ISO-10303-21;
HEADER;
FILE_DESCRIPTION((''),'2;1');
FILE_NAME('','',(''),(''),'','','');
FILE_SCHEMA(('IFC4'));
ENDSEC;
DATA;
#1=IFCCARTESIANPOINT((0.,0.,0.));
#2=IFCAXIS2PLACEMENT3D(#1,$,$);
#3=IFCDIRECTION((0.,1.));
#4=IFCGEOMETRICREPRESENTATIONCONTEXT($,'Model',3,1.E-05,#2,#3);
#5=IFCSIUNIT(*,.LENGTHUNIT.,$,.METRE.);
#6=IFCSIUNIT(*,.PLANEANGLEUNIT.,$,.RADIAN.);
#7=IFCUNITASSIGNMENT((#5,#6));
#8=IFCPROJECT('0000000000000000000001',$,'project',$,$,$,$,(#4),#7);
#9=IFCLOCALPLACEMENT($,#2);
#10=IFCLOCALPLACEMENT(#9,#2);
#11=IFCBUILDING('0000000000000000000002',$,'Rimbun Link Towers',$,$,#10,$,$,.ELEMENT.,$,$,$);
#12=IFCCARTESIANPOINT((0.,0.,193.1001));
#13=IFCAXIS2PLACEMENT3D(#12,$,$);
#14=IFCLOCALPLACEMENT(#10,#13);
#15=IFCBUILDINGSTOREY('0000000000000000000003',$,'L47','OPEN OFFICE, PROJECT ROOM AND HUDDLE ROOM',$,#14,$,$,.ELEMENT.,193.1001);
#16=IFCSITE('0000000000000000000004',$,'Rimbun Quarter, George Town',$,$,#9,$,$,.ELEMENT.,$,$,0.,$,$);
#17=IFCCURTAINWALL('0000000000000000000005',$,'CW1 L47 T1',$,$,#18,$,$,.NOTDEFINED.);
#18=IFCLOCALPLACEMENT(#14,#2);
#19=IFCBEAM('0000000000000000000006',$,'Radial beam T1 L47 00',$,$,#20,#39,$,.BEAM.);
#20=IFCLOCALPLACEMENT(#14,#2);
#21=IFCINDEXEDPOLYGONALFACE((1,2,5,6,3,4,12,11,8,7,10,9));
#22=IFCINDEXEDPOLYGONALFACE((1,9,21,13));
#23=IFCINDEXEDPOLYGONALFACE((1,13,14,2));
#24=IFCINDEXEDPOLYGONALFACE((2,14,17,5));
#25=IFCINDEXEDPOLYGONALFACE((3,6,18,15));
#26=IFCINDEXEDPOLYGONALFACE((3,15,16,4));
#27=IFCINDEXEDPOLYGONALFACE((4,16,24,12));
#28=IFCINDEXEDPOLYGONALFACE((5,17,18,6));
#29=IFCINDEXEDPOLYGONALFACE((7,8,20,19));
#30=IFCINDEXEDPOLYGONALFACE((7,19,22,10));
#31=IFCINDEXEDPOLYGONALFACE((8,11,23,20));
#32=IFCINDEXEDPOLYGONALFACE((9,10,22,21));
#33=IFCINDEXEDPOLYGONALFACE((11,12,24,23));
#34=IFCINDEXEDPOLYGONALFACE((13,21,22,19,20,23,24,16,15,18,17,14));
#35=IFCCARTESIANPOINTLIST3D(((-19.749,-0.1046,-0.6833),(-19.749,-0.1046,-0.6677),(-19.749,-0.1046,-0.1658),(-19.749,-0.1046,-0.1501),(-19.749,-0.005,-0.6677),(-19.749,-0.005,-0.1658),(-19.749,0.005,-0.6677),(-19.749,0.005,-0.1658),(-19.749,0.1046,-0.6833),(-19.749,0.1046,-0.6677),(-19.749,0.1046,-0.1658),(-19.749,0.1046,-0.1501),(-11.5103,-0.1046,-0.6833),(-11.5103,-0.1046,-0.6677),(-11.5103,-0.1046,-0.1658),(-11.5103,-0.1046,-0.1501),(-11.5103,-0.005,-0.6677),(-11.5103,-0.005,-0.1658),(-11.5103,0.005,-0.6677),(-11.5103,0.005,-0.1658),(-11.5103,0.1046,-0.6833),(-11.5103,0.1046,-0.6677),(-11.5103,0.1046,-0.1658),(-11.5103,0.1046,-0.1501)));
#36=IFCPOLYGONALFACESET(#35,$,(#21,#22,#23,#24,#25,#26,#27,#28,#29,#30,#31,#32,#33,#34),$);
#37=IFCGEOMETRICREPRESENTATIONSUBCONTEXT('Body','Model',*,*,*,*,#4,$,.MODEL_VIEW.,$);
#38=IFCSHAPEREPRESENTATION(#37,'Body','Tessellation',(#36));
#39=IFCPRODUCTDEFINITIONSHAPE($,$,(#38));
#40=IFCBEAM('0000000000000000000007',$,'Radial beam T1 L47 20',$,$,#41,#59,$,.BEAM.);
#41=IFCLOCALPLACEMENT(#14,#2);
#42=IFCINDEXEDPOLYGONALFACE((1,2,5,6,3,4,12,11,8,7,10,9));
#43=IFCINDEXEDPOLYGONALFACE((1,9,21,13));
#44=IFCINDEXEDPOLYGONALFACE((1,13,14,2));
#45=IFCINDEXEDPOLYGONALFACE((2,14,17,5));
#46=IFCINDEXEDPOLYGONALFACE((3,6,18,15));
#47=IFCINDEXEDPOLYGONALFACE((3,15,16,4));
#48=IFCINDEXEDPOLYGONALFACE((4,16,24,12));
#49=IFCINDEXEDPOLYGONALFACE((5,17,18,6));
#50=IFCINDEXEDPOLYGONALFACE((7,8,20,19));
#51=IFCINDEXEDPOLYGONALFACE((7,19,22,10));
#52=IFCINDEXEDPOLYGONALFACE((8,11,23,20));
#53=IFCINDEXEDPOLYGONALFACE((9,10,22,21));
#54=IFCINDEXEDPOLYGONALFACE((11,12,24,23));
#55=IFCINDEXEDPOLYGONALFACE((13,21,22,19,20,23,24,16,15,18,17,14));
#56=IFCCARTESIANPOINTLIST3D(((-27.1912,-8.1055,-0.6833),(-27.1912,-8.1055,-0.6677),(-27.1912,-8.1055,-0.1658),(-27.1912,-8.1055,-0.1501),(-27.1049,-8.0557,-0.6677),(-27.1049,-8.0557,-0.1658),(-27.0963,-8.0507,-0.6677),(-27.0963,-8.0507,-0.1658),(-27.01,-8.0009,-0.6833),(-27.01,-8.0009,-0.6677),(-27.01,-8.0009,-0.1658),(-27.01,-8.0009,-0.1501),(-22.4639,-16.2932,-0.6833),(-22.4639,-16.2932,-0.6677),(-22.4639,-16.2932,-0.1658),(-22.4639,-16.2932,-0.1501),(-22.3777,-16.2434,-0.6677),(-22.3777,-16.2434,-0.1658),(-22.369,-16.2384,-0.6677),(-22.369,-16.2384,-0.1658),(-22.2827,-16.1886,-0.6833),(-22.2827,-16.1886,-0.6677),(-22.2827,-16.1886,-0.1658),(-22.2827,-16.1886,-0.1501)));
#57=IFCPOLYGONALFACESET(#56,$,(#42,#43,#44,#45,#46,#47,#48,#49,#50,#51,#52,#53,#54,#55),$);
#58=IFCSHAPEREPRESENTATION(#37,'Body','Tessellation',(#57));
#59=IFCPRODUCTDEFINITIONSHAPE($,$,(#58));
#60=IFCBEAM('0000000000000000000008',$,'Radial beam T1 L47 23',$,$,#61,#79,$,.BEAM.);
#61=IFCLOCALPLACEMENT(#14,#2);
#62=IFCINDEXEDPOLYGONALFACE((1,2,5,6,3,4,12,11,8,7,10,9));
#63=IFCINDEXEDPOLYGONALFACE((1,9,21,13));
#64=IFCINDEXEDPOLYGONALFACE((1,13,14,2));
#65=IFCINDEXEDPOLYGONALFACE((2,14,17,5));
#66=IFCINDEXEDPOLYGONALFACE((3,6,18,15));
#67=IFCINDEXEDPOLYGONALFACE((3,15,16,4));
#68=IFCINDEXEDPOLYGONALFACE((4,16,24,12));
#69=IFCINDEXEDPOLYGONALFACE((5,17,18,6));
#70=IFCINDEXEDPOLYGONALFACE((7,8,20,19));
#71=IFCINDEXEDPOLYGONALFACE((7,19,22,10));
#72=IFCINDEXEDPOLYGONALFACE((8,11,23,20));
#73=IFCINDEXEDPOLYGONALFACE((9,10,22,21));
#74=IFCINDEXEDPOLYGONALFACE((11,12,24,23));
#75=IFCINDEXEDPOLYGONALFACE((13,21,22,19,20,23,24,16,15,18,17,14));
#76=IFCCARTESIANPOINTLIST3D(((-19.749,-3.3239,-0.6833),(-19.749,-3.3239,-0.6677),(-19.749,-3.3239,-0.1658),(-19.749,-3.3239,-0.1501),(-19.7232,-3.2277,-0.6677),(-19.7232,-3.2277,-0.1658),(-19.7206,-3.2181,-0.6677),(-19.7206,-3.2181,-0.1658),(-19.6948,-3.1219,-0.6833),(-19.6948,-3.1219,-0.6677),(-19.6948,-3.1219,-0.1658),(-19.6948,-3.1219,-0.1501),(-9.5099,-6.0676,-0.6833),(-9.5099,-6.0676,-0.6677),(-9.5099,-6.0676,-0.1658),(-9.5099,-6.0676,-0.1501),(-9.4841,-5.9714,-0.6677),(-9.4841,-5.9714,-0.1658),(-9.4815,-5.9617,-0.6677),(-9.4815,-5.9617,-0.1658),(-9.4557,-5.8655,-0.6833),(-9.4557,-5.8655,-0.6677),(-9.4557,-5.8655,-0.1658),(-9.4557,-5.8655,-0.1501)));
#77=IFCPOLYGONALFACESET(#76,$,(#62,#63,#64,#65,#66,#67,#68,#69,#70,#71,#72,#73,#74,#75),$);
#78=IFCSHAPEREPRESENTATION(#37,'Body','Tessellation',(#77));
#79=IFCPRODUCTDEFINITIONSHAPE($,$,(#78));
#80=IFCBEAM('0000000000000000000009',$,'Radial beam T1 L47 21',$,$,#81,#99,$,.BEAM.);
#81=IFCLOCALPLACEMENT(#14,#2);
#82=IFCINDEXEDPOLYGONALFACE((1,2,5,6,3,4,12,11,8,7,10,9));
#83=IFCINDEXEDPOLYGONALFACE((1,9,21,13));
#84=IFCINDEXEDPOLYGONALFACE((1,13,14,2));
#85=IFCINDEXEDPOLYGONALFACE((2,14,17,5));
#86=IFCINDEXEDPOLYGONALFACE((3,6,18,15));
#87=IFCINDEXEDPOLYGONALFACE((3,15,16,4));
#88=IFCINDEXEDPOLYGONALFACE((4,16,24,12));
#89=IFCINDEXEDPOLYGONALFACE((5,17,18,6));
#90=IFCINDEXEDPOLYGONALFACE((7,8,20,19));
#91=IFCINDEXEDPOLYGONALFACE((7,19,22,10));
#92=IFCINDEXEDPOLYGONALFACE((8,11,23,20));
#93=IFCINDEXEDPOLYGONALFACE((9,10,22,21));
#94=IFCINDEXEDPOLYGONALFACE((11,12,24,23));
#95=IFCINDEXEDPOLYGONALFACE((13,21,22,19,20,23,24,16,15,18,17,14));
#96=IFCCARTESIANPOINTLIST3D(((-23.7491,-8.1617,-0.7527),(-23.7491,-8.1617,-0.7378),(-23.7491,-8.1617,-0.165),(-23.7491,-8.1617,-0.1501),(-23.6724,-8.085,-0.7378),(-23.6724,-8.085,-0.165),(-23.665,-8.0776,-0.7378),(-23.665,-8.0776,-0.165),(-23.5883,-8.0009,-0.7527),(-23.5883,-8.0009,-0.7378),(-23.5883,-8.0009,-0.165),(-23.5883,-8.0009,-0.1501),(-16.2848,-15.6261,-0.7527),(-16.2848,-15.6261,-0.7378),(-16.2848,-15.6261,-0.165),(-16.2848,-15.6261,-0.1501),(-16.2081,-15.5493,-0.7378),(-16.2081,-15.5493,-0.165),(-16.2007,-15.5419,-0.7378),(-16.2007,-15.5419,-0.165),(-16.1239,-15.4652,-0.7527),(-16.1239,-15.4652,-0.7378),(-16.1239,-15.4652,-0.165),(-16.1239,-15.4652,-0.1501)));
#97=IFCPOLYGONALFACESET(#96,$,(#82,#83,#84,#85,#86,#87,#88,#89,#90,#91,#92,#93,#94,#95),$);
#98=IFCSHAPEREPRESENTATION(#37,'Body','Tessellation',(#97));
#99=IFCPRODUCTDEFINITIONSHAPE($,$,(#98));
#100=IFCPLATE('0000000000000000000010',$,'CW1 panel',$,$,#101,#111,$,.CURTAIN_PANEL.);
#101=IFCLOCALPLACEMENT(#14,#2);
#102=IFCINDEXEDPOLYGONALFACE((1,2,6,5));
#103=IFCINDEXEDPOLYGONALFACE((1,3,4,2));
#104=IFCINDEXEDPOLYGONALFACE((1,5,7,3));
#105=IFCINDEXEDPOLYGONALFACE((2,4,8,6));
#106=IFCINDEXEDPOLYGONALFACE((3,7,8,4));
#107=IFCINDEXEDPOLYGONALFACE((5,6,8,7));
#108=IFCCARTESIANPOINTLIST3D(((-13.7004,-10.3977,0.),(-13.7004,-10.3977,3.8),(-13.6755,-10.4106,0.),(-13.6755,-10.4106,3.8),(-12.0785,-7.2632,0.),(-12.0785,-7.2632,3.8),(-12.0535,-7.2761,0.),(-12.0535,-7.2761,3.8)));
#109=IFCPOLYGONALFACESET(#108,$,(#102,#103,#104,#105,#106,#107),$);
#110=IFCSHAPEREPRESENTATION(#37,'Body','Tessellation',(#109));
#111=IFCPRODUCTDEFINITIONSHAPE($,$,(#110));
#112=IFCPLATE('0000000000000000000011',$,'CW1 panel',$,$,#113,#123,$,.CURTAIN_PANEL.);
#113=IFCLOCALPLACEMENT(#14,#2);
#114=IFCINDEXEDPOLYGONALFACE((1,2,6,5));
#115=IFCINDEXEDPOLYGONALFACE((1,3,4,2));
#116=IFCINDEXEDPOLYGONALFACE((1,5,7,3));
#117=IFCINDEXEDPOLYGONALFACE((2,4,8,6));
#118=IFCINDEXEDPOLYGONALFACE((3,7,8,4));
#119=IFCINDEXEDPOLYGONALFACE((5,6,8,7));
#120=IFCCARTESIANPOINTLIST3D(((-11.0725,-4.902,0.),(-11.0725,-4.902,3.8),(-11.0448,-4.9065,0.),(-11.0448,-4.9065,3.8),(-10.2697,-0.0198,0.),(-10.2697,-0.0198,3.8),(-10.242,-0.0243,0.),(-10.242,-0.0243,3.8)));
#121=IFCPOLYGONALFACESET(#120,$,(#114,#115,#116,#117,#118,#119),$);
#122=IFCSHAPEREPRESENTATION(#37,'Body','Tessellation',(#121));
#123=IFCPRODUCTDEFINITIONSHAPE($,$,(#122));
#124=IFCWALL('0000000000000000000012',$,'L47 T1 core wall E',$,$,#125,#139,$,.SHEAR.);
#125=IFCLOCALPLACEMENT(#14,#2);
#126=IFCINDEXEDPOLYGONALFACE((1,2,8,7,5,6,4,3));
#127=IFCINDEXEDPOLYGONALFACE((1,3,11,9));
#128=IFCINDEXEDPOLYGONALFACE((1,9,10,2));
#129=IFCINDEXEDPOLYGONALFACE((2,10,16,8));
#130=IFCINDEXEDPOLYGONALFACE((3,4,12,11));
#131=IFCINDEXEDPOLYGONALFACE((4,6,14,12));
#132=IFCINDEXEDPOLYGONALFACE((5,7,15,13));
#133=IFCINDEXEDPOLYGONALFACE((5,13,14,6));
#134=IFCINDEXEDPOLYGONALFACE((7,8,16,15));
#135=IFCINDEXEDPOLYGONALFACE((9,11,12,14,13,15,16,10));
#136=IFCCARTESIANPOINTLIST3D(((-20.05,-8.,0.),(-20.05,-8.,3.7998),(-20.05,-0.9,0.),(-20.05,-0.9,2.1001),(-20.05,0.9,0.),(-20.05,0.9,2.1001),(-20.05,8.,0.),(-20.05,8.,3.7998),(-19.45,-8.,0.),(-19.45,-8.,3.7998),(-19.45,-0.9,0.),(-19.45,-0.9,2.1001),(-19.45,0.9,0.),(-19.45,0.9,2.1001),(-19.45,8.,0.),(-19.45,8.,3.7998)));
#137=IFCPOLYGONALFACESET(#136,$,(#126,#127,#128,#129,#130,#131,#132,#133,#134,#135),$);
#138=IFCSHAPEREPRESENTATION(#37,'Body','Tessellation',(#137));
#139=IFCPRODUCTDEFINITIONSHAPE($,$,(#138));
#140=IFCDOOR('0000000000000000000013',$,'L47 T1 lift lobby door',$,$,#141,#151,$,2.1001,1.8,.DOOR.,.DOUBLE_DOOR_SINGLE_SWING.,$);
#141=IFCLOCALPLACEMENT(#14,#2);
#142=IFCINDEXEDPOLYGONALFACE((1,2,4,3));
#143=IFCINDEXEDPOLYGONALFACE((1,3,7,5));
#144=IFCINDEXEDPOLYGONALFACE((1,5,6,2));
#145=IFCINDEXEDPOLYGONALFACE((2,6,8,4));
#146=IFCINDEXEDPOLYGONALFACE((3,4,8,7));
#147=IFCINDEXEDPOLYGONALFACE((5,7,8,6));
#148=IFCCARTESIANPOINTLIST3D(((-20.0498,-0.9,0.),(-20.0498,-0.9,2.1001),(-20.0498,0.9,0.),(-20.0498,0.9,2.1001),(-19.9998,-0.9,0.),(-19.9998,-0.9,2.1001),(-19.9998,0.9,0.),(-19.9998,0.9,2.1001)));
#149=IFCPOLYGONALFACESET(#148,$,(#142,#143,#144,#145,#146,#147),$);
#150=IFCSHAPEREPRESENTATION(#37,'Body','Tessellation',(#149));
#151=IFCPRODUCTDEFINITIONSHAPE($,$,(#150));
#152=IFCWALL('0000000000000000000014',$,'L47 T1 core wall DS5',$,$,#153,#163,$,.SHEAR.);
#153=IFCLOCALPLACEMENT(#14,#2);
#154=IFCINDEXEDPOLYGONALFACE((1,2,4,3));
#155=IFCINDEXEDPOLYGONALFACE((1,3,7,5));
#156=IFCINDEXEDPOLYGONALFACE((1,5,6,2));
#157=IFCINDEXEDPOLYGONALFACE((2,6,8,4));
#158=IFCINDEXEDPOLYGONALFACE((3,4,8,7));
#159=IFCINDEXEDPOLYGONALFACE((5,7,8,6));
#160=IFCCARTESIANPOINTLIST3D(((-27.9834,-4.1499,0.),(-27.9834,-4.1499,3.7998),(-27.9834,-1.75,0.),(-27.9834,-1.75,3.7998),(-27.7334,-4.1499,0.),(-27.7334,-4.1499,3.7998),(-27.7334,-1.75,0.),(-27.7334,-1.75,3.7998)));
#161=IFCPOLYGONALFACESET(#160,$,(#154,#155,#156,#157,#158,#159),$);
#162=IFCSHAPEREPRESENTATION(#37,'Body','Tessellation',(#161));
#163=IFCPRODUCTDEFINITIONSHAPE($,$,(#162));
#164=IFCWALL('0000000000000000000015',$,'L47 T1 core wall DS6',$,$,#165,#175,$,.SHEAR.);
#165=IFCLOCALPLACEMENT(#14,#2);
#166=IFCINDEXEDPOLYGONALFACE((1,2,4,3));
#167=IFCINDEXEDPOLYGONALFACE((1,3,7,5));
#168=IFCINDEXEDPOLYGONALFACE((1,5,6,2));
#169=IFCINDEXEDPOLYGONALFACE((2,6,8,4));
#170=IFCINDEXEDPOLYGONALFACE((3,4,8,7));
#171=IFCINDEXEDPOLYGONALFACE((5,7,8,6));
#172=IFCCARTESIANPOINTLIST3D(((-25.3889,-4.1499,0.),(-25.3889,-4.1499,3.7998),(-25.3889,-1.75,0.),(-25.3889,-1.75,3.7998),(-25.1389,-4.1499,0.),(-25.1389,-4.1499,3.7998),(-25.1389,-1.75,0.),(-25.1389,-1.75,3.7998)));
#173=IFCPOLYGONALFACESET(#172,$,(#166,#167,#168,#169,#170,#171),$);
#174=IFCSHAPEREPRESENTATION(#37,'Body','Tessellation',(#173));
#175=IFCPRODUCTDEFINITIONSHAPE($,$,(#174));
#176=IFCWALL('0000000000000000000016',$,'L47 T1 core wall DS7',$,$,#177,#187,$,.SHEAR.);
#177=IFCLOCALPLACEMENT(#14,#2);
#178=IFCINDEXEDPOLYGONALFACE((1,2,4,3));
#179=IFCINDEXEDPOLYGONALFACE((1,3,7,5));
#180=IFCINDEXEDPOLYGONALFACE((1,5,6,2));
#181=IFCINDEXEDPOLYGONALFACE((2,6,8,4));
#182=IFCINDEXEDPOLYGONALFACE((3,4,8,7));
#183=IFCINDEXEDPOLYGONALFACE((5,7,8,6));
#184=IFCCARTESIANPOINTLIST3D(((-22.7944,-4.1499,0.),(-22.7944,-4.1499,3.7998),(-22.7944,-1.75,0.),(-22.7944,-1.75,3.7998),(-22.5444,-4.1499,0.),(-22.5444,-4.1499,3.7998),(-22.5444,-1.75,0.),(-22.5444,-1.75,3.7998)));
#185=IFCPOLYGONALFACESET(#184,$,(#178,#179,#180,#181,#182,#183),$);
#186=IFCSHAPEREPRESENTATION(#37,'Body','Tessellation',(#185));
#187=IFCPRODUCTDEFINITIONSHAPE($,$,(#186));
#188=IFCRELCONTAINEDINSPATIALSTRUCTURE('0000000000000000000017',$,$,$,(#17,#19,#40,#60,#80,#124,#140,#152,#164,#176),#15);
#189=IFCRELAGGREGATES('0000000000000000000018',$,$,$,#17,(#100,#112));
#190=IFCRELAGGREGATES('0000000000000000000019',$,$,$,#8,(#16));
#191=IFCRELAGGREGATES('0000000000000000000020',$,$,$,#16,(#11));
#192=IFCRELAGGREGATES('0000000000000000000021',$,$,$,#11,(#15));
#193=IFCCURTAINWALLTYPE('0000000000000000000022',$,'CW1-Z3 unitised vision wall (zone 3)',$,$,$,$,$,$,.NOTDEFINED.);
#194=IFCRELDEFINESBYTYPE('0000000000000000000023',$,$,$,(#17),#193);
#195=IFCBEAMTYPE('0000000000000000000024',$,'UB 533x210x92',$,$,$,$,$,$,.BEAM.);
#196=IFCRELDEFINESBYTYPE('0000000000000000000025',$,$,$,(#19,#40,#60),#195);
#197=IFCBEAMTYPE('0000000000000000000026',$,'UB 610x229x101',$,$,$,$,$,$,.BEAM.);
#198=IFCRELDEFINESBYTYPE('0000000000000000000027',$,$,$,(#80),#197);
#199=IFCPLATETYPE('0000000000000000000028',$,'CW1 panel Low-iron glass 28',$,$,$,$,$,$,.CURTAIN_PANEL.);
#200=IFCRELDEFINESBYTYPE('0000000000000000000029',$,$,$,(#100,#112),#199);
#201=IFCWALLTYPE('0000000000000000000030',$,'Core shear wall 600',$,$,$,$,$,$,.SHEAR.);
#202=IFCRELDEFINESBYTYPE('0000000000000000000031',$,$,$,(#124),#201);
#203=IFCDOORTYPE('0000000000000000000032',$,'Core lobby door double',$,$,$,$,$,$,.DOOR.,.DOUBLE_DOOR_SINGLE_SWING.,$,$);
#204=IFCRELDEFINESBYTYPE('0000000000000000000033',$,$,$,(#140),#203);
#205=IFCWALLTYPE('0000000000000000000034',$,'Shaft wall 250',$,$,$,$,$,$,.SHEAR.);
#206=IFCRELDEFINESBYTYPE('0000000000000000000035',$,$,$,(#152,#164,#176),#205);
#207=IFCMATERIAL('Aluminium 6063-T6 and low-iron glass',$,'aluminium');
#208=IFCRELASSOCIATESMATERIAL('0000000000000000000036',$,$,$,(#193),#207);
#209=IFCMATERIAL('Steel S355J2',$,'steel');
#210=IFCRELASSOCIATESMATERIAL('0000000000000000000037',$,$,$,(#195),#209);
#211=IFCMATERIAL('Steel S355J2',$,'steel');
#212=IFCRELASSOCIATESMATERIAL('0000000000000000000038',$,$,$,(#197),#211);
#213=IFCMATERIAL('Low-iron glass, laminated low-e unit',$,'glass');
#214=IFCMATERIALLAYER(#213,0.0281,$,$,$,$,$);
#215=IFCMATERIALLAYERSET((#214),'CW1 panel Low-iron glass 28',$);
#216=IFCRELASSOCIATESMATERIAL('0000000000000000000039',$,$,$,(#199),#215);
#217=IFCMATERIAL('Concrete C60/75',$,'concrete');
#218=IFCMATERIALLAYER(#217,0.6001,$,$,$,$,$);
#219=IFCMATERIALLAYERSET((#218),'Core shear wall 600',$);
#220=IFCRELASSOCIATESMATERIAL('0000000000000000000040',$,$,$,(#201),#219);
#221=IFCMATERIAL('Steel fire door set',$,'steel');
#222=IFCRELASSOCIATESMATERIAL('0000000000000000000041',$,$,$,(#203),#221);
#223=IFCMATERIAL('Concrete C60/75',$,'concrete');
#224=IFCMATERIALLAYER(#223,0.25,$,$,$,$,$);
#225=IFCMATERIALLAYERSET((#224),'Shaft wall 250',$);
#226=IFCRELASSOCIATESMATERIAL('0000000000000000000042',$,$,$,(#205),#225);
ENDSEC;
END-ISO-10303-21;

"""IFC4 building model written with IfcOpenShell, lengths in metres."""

from ifc_helpers import new_model, si_unit, direction, frame, frame_2d, origin, origin_2d, place, context, subcontext, project, spatial, rectangle, i_section, extrude, material, layer, layer_set, material_profile, profile_set, type_object, element, fill, aggregate, save


model = new_model("IFC4")

# Units and contexts
model_context = context("Model", 3, precision=1e-05, world=origin(), true_north=direction((0.0, 1.0)))
body_context = subcontext(model_context, "Body", "Model", "MODEL_VIEW")
ifc_project = project(units=[si_unit("LENGTHUNIT", "METRE"), si_unit("PLANEANGLEUNIT", "RADIAN")], contexts=[model_context])

# Site, building, storey
site_placement = place(None, origin())
site = spatial("IfcSite", under=ifc_project, at=site_placement, Name="Rimbun Quarter, George Town", CompositionType="ELEMENT", RefElevation=0.0)
building_placement = place(site_placement, origin())
building = spatial("IfcBuilding", under=site, at=building_placement, Name="Rimbun Link Towers", CompositionType="ELEMENT")
storey_placement = place(building_placement, frame((0.0, 0.0, 193.1001)))
storey = spatial("IfcBuildingStorey", under=building, at=storey_placement, Name="L47", Description="OPEN OFFICE, PROJECT ROOM AND HUDDLE ROOM", CompositionType="ELEMENT", Elevation=193.1001)

# Curtain wall
ifc_material_1 = material(Name="Aluminium 6063-T6 and low-iron glass", Category="aluminium")
curtain_wall_type = type_object("IfcCurtainWallType", Name="CW1-Z3 unitised vision wall (zone 3)", PredefinedType="NOTDEFINED", material=ifc_material_1)
curtain_wall_placement = place(storey_placement, origin())
curtain_wall = element("IfcCurtainWall", 1, at=curtain_wall_placement, inside=storey, type_object=curtain_wall_type, Name="CW1 L47 T1", PredefinedType="NOTDEFINED")

# Beams
ifc_material_2 = material(Name="Steel S355J2", Category="steel")
ifc_material_profile_1 = material_profile(ifc_material_2, i_section(OverallWidth=0.2092, OverallDepth=0.5332, WebThickness=0.01, FlangeThickness=0.0156, at=origin_2d()), Name="UB 533x210x92")
ifc_profile_set_1 = profile_set([ifc_material_profile_1], Name="Steel S355J2")
beam_type_1 = type_object("IfcBeamType", Name="UB 533x210x92", PredefinedType="BEAM", material=ifc_profile_set_1)
beam_1_placement = place(storey_placement, frame((-19.749, 0.0, -0.4167), z_axis=(1.0, 0.0, 0.0), x_axis=(0.0, 1.0, 0.0)))
element("IfcBeam", 2, at=beam_1_placement, inside=storey, type_object=beam_type_1, Name="Radial beam T1 L47 00", PredefinedType="BEAM", context=body_context, shape_type="SweptSolid", body=[
    extrude(i_section(OverallWidth=0.2092, OverallDepth=0.5332, WebThickness=0.01, FlangeThickness=0.0156, at=origin_2d()), origin(), (0.0, 0.0, 1.0), 8.2388),
])
beam_2_placement = place(storey_placement, frame((-27.1006, -8.0532, -0.4167), z_axis=(0.500008, -0.866021, 0.0), x_axis=(0.866021, 0.500008, 0.0)))
element("IfcBeam", 3, at=beam_2_placement, inside=storey, type_object=beam_type_1, Name="Radial beam T1 L47 20", PredefinedType="BEAM", context=body_context, shape_type="SweptSolid", body=[
    extrude(i_section(OverallWidth=0.2092, OverallDepth=0.5332, WebThickness=0.01, FlangeThickness=0.0156, at=origin_2d()), origin(), (0.0, 0.0, 1.0), 9.4543),
])
beam_3_placement = place(storey_placement, frame((-19.7219, -3.2229, -0.4167), z_axis=(0.965923, -0.258829, 0.0), x_axis=(0.258829, 0.965923, 0.0)))
element("IfcBeam", 4, at=beam_3_placement, inside=storey, type_object=beam_type_1, Name="Radial beam T1 L47 23", PredefinedType="BEAM", context=body_context, shape_type="SweptSolid", body=[
    extrude(i_section(OverallWidth=0.2092, OverallDepth=0.5332, WebThickness=0.01, FlangeThickness=0.0156, at=origin_2d()), origin(), (0.0, 0.0, 1.0), 10.6003),
])
ifc_material_3 = material(Name="Steel S355J2", Category="steel")
ifc_material_profile_2 = material_profile(ifc_material_3, i_section(OverallWidth=0.2275, OverallDepth=0.6025, WebThickness=0.0105, FlangeThickness=0.0149, at=origin_2d()), Name="UB 610x229x101")
ifc_profile_set_2 = profile_set([ifc_material_profile_2], Name="Steel S355J2")
beam_type_2 = type_object("IfcBeamType", Name="UB 610x229x101", PredefinedType="BEAM", material=ifc_profile_set_2)
beam_4_placement = place(storey_placement, frame((-23.6687, -8.0813, -0.4514), z_axis=(0.707107, -0.707107, 0.0), x_axis=(0.707107, 0.707107, 0.0)))
element("IfcBeam", 5, at=beam_4_placement, inside=storey, type_object=beam_type_2, Name="Radial beam T1 L47 21", PredefinedType="BEAM", context=body_context, shape_type="SweptSolid", body=[
    extrude(i_section(OverallWidth=0.2275, OverallDepth=0.6025, WebThickness=0.0105, FlangeThickness=0.0149, at=origin_2d()), origin(), (0.0, 0.0, 1.0), 10.5562),
])

# Plates
ifc_material_4 = material(Name="Low-iron glass, laminated low-e unit", Category="glass")
ifc_layer_1 = layer(ifc_material_4, 0.0281)
ifc_layer_set_1 = layer_set([ifc_layer_1], Name="CW1 panel Low-iron glass 28")
plate_type = type_object("IfcPlateType", Name="CW1 panel Low-iron glass 28", PredefinedType="CURTAIN_PANEL", material=ifc_layer_set_1)
plate_1_placement = place(storey_placement, frame((-12.877, -8.8369, 0.0), z_axis=(0.0, 0.0, 1.0), x_axis=(-0.459563, -0.888145, 0.0)))
plate_1 = element("IfcPlate", 6, at=plate_1_placement, type_object=plate_type, Name="CW1 panel", PredefinedType="CURTAIN_PANEL", context=body_context, shape_type="SweptSolid", body=[
    extrude(rectangle(XDim=3.5293, YDim=0.0281, at=origin_2d()), origin(), (0.0, 0.0, 1.0), 3.8),
])
plate_2_placement = place(storey_placement, frame((-10.6572, -2.4631, 0.0), z_axis=(0.0, 0.0, 1.0), x_axis=(-0.162251, -0.98675, 0.0)))
plate_2 = element("IfcPlate", 7, at=plate_2_placement, type_object=plate_type, Name="CW1 panel", PredefinedType="CURTAIN_PANEL", context=body_context, shape_type="SweptSolid", body=[
    extrude(rectangle(XDim=4.9478, YDim=0.0281, at=origin_2d()), origin(), (0.0, 0.0, 1.0), 3.8),
])
aggregate(curtain_wall, [plate_1, plate_2])

# Wall, opening, door
ifc_material_5 = material(Name="Concrete C60/75", Category="concrete")
ifc_layer_2 = layer(ifc_material_5, 0.6001)
ifc_layer_set_2 = layer_set([ifc_layer_2], Name="Core shear wall 600")
wall_type_1 = type_object("IfcWallType", Name="Core shear wall 600", PredefinedType="SHEAR", material=ifc_layer_set_2)
wall_1_placement = place(storey_placement, frame((-19.75, -8.0, 0.0), z_axis=(0.0, 0.0, 1.0), x_axis=(0.0, 1.0, 0.0)))
wall_1 = element("IfcWall", 8, at=wall_1_placement, inside=storey, type_object=wall_type_1, Name="L47 T1 core wall E", PredefinedType="SHEAR", context=body_context, shape_type="SweptSolid", body=[
    extrude(rectangle(XDim=16.0, YDim=0.6001, at=frame_2d((8.0, 0.0))), origin(), (0.0, 0.0, 1.0), 3.7998),
])
opening_1_placement = place(wall_1_placement, frame((7.1001, 0.0, 0.0)))
opening_1 = element("IfcOpeningElement", 9, at=opening_1_placement, cuts=wall_1, PredefinedType="OPENING", context=body_context, shape_type="SweptSolid", body=[
    extrude(rectangle(XDim=1.8, YDim=2.1001, at=frame_2d((0.8999, 1.05))), frame((0.0, 0.3101, 0.0), z_axis=(0.0, -1.0, 0.0), x_axis=(1.0, 0.0, 0.0)), (0.0, 0.0, 1.0), 0.6201),
])
ifc_material_6 = material(Name="Steel fire door set", Category="steel")
door_type_1 = type_object("IfcDoorType", Name="Core lobby door double", OperationType="DOUBLE_DOOR_SINGLE_SWING", PredefinedType="DOOR", material=ifc_material_6)
door_1_placement = place(opening_1_placement, origin())
door_1 = element("IfcDoor", 10, at=door_1_placement, inside=storey, type_object=door_type_1, Name="L47 T1 lift lobby door", OperationType="DOUBLE_DOOR_SINGLE_SWING", OverallHeight=2.1001, OverallWidth=1.8, PredefinedType="DOOR", context=body_context, shape_type="SweptSolid", body=[
    extrude(rectangle(XDim=1.8, YDim=2.1001, at=frame_2d((0.8999, 1.05))), frame((0.0, 0.2998, 0.0), z_axis=(0.0, -1.0, 0.0), x_axis=(1.0, 0.0, 0.0)), (0.0, 0.0, 1.0), 0.05),
])
fill(opening_1, door_1)

# Walls
ifc_material_7 = material(Name="Concrete C60/75", Category="concrete")
ifc_layer_3 = layer(ifc_material_7, 0.25)
ifc_layer_set_3 = layer_set([ifc_layer_3], Name="Shaft wall 250")
wall_type_2 = type_object("IfcWallType", Name="Shaft wall 250", PredefinedType="SHEAR", material=ifc_layer_set_3)
for number, where, z_axis, x_axis, name in (
    (11, (-27.8584, -4.1499, 0.0), (0.0, 0.0, 1.0), (0.0, 1.0, 0.0), "L47 T1 core wall DS5"),
    (12, (-25.2639, -4.1499, 0.0), (0.0, 0.0, 1.0), (0.0, 1.0, 0.0), "L47 T1 core wall DS6"),
    (13, (-22.6694, -4.1499, 0.0), (0.0, 0.0, 1.0), (0.0, 1.0, 0.0), "L47 T1 core wall DS7"),
):
    element("IfcWall", number, at=place(storey_placement, frame(where, z_axis=z_axis, x_axis=x_axis)), inside=storey, type_object=wall_type_2, Name=name, PredefinedType="SHEAR", context=body_context, shape_type="SweptSolid", body=[
        extrude(rectangle(XDim=2.3999, YDim=0.25, at=frame_2d((1.2, 0.0))), origin(), (0.0, 0.0, 1.0), 3.7998),
    ])

save(model, "model.ifc")
